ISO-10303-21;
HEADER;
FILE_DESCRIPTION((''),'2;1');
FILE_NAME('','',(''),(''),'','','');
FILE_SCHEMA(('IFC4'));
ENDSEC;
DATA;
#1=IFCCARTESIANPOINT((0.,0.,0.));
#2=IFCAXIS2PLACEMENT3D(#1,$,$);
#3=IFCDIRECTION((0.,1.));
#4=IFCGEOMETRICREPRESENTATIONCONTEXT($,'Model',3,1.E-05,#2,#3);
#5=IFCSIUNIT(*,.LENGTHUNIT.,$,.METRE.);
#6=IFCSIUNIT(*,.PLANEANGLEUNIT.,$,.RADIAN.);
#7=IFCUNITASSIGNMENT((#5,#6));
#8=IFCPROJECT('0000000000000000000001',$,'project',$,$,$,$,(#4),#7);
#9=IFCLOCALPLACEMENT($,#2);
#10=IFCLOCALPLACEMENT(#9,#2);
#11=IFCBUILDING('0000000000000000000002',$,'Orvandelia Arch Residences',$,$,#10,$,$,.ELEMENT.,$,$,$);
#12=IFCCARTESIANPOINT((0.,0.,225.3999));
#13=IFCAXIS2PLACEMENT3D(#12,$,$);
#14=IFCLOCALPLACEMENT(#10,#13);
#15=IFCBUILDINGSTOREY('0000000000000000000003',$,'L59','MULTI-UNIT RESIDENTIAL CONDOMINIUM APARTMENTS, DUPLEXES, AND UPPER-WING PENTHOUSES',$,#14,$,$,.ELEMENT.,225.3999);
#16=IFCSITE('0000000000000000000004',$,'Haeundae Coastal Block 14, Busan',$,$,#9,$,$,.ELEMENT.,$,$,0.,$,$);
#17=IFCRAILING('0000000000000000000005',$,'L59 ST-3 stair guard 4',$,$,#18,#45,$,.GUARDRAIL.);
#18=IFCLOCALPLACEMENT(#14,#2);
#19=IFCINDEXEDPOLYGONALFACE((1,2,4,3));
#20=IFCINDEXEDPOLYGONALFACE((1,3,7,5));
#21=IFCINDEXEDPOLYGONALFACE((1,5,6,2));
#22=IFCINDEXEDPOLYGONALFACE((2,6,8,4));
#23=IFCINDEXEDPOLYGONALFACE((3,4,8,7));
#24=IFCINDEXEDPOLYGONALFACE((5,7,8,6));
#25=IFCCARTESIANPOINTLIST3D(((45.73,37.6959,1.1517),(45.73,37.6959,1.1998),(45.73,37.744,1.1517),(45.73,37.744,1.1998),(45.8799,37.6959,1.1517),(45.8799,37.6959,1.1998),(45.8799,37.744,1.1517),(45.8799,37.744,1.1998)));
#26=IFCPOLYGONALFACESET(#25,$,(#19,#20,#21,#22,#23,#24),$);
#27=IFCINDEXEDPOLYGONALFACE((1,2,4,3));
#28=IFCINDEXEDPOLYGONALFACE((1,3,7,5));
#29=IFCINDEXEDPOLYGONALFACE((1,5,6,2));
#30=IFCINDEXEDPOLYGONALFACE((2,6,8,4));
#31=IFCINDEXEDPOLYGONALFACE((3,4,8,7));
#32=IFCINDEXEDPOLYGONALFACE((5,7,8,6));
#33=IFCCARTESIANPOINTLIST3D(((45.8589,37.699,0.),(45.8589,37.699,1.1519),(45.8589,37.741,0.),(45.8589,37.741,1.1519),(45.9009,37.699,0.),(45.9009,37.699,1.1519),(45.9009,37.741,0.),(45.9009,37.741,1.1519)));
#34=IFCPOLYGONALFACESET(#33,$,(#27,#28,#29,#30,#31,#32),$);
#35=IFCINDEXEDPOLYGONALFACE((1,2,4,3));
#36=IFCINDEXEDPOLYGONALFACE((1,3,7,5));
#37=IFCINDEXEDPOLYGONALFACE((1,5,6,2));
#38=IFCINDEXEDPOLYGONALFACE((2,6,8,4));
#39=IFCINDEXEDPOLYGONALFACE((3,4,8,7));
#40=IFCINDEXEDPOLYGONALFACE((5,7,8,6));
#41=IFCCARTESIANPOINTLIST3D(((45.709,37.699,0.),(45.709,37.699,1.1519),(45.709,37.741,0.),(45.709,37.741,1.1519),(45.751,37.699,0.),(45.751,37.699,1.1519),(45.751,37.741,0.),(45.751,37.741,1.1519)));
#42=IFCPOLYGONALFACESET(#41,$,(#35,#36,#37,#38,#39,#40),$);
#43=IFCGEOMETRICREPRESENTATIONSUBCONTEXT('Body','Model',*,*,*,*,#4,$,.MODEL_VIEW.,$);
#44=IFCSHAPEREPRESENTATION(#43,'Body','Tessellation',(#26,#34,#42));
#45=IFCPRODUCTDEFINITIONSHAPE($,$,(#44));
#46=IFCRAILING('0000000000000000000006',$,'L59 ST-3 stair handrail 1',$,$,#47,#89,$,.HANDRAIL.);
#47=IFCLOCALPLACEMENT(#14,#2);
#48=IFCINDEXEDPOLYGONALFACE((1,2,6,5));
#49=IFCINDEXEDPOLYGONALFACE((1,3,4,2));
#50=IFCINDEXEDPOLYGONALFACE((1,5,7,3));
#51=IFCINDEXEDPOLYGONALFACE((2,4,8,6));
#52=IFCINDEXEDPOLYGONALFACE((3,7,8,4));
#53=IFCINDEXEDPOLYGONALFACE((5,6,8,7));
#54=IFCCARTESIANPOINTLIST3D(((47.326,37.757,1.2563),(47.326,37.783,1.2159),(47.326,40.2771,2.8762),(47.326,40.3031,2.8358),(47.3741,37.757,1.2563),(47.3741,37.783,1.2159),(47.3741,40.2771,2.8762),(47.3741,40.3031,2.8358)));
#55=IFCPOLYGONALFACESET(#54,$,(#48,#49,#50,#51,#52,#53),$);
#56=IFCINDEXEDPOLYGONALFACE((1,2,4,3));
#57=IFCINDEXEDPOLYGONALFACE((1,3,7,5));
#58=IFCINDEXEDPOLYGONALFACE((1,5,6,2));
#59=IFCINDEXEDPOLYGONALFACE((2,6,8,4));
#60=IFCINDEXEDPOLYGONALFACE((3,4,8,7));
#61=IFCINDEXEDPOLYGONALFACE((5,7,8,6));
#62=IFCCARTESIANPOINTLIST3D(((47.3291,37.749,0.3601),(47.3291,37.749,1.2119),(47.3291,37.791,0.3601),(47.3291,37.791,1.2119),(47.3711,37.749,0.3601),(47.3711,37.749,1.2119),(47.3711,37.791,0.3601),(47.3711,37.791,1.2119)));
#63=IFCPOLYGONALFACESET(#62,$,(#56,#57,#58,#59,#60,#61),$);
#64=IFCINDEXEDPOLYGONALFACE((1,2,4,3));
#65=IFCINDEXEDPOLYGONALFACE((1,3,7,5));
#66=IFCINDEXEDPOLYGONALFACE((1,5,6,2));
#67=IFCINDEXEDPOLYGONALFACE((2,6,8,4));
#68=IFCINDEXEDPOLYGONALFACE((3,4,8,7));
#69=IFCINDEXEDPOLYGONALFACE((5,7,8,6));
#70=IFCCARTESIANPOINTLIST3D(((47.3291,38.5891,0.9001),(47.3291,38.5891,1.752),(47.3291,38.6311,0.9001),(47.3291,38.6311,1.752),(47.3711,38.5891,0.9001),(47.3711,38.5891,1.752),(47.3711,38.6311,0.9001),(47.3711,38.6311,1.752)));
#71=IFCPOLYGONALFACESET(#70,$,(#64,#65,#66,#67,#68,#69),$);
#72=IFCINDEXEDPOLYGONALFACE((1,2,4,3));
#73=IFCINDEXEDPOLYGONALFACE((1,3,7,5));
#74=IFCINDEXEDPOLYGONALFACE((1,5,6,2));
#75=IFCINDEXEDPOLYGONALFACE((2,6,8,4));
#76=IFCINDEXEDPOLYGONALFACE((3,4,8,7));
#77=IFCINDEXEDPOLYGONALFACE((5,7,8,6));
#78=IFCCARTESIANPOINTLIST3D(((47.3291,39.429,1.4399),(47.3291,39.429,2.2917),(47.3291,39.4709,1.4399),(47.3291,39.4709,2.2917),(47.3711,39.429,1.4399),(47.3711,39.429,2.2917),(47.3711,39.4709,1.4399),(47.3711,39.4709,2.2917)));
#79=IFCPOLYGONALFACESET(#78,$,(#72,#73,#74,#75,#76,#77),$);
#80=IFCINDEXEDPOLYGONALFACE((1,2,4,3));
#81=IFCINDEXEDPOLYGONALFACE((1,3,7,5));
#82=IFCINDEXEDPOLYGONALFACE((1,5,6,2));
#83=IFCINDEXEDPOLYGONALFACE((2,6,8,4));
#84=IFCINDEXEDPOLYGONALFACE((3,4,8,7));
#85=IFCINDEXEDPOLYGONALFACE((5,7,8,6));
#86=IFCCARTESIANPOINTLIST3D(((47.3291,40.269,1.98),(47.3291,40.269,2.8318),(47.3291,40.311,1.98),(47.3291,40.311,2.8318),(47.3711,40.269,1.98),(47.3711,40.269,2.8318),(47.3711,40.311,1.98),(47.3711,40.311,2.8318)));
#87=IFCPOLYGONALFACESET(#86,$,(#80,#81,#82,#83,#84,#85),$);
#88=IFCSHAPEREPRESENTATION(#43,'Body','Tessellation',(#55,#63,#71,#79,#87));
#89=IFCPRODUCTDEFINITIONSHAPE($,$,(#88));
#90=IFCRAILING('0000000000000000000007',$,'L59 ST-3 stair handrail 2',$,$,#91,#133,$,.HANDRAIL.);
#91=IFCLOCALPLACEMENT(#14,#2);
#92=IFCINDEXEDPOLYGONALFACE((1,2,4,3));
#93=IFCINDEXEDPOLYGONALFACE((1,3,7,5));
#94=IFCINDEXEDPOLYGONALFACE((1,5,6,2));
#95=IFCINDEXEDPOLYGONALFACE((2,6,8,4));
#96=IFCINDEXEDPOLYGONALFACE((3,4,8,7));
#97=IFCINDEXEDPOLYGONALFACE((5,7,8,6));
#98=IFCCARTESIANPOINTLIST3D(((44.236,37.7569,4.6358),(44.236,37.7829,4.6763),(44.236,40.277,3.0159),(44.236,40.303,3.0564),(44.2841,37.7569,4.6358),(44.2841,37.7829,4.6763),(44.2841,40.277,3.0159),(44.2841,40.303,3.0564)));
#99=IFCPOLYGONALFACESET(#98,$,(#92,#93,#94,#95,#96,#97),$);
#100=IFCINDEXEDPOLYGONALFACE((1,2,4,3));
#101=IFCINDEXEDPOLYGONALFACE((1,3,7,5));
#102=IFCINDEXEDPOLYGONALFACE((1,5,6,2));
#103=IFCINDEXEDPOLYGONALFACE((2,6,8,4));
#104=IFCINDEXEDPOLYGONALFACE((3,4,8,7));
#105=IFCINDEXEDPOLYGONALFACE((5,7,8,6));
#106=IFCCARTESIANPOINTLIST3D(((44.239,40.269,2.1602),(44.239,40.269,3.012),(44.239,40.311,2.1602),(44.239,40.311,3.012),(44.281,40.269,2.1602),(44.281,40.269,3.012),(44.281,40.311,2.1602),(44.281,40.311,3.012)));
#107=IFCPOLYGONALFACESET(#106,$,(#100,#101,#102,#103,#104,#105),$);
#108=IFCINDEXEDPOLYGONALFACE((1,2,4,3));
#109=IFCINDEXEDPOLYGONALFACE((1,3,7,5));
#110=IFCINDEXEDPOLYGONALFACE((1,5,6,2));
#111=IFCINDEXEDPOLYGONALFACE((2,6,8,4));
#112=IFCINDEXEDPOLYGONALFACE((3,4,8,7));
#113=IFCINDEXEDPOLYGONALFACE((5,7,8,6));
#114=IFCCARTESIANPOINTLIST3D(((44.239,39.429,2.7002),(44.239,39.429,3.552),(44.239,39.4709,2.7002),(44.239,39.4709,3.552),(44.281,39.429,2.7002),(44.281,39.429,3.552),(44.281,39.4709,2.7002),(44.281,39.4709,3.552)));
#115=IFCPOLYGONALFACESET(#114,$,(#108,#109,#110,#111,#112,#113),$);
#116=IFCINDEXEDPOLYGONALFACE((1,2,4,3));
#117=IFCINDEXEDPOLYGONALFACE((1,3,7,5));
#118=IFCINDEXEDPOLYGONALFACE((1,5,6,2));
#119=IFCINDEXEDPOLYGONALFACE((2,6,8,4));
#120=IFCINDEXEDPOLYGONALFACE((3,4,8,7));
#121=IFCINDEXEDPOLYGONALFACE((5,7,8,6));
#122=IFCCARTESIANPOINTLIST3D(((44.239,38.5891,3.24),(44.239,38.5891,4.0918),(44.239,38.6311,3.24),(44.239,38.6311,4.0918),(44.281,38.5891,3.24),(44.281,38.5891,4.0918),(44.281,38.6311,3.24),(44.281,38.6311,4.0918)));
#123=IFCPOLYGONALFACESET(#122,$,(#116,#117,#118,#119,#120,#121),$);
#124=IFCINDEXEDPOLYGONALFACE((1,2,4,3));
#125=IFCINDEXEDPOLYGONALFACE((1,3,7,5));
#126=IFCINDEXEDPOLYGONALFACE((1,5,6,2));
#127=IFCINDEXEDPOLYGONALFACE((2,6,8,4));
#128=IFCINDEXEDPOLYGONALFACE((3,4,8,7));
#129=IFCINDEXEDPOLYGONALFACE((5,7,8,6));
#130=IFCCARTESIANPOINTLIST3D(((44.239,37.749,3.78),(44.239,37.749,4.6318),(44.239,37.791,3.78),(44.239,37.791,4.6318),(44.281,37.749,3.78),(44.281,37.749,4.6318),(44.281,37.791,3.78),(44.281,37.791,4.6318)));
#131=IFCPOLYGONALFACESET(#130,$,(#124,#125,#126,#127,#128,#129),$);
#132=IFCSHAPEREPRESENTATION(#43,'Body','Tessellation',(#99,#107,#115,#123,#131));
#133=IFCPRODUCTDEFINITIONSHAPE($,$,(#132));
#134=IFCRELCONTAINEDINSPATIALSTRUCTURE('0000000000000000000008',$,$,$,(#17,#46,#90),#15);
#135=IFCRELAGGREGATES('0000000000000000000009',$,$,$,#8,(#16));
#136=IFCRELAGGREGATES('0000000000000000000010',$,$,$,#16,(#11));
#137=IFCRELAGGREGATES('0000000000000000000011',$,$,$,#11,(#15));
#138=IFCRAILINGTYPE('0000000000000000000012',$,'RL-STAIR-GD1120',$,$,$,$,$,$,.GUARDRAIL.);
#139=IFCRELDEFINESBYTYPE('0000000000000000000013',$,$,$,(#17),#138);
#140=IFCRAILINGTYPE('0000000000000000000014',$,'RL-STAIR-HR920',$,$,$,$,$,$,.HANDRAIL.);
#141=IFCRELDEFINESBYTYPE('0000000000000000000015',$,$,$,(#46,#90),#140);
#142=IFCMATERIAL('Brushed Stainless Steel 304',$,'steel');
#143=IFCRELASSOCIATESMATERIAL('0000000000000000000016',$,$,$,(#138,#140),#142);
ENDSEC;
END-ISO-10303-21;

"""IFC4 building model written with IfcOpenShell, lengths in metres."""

from ifc_helpers import new_model, si_unit, direction, frame, origin, origin_2d, place, context, subcontext, project, spatial, rectangle, extrude, material, type_object, element, save


model = new_model("IFC4")

# Units and contexts
model_context = context("Model", 3, precision=1e-05, world=origin(), true_north=direction((0.0, 1.0)))
body_context = subcontext(model_context, "Body", "Model", "MODEL_VIEW")
ifc_project = project(units=[si_unit("LENGTHUNIT", "METRE"), si_unit("PLANEANGLEUNIT", "RADIAN")], contexts=[model_context])

# Site, building, storey
site_placement = place(None, origin())
site = spatial("IfcSite", under=ifc_project, at=site_placement, Name="Haeundae Coastal Block 14, Busan", CompositionType="ELEMENT", RefElevation=0.0)
building_placement = place(site_placement, origin())
building = spatial("IfcBuilding", under=site, at=building_placement, Name="Orvandelia Arch Residences", CompositionType="ELEMENT")
storey_placement = place(building_placement, frame((0.0, 0.0, 225.3999)))
storey = spatial("IfcBuildingStorey", under=building, at=storey_placement, Name="L59", Description="MULTI-UNIT RESIDENTIAL CONDOMINIUM APARTMENTS, DUPLEXES, AND UPPER-WING PENTHOUSES", CompositionType="ELEMENT", Elevation=225.3999)

# Railings
ifc_material_1 = material(Name="Brushed Stainless Steel 304", Category="steel")
railing_type_1 = type_object("IfcRailingType", Name="RL-STAIR-GD1120", PredefinedType="GUARDRAIL", material=ifc_material_1)
railing_1_placement = place(storey_placement, frame((45.8799, 37.72, 0.0)))
element("IfcRailing", 1, at=railing_1_placement, inside=storey, type_object=railing_type_1, Name="L59 ST-3 stair guard 4", PredefinedType="GUARDRAIL", context=body_context, shape_type="SweptSolid", body=[
    extrude(rectangle(XDim=0.0481, YDim=0.0481, at=origin_2d()), frame((0.0, 0.0, 1.1758), z_axis=(-1.0, 0.0, 0.0), x_axis=(0.0, -1.0, 0.0)), (0.0, 0.0, 1.0), 0.1499),
    extrude(rectangle(XDim=0.042, YDim=0.042, at=origin_2d()), origin(), (0.0, 0.0, 1.0), 1.1519),
    extrude(rectangle(XDim=0.042, YDim=0.042, at=origin_2d()), frame((-0.1499, 0.0, 0.0)), (0.0, 0.0, 1.0), 1.1519),
])
railing_type_2 = type_object("IfcRailingType", Name="RL-STAIR-HR920", PredefinedType="HANDRAIL", material=ifc_material_1)
railing_2_placement = place(storey_placement, frame((47.3501, 37.77, 0.3601)))
element("IfcRailing", 2, at=railing_2_placement, inside=storey, type_object=railing_type_2, Name="L59 ST-3 stair handrail 1", PredefinedType="HANDRAIL", context=body_context, shape_type="SweptSolid", body=[
    extrude(rectangle(XDim=0.0481, YDim=0.0481, at=origin_2d()), frame((0.0, 0.0, 0.876), z_axis=(0.0, 0.8412, 0.540725), x_axis=(-1.0, 0.0, 0.0)), (0.0, 0.0, 1.0), 2.9958),
    extrude(rectangle(XDim=0.042, YDim=0.042, at=origin_2d()), origin(), (0.0, 0.0, 1.0), 0.8518),
    extrude(rectangle(XDim=0.042, YDim=0.042, at=origin_2d()), frame((0.0, 0.8401, 0.54)), (0.0, 0.0, 1.0), 0.8518),
    extrude(rectangle(XDim=0.042, YDim=0.042, at=origin_2d()), frame((0.0, 1.6799, 1.0798)), (0.0, 0.0, 1.0), 0.8518),
    extrude(rectangle(XDim=0.042, YDim=0.042, at=origin_2d()), frame((0.0, 2.52, 1.6199)), (0.0, 0.0, 1.0), 0.8518),
])
railing_3_placement = place(storey_placement, frame((44.26, 40.29, 2.1602)))
element("IfcRailing", 3, at=railing_3_placement, inside=storey, type_object=railing_type_2, Name="L59 ST-3 stair handrail 2", PredefinedType="HANDRAIL", context=body_context, shape_type="SweptSolid", body=[
    extrude(rectangle(XDim=0.0481, YDim=0.0481, at=origin_2d()), frame((0.0, 0.0, 0.876), z_axis=(0.0, -0.8412, 0.540725), x_axis=(1.0, 0.0, 0.0)), (0.0, 0.0, 1.0), 2.9958),
    extrude(rectangle(XDim=0.042, YDim=0.042, at=origin_2d()), origin(), (0.0, 0.0, 1.0), 0.8518),
    extrude(rectangle(XDim=0.042, YDim=0.042, at=origin_2d()), frame((0.0, -0.8401, 0.54)), (0.0, 0.0, 1.0), 0.8518),
    extrude(rectangle(XDim=0.042, YDim=0.042, at=origin_2d()), frame((0.0, -1.6799, 1.0798)), (0.0, 0.0, 1.0), 0.8518),
    extrude(rectangle(XDim=0.042, YDim=0.042, at=origin_2d()), frame((0.0, -2.52, 1.6199)), (0.0, 0.0, 1.0), 0.8518),
])

save(model, "model.ifc")
